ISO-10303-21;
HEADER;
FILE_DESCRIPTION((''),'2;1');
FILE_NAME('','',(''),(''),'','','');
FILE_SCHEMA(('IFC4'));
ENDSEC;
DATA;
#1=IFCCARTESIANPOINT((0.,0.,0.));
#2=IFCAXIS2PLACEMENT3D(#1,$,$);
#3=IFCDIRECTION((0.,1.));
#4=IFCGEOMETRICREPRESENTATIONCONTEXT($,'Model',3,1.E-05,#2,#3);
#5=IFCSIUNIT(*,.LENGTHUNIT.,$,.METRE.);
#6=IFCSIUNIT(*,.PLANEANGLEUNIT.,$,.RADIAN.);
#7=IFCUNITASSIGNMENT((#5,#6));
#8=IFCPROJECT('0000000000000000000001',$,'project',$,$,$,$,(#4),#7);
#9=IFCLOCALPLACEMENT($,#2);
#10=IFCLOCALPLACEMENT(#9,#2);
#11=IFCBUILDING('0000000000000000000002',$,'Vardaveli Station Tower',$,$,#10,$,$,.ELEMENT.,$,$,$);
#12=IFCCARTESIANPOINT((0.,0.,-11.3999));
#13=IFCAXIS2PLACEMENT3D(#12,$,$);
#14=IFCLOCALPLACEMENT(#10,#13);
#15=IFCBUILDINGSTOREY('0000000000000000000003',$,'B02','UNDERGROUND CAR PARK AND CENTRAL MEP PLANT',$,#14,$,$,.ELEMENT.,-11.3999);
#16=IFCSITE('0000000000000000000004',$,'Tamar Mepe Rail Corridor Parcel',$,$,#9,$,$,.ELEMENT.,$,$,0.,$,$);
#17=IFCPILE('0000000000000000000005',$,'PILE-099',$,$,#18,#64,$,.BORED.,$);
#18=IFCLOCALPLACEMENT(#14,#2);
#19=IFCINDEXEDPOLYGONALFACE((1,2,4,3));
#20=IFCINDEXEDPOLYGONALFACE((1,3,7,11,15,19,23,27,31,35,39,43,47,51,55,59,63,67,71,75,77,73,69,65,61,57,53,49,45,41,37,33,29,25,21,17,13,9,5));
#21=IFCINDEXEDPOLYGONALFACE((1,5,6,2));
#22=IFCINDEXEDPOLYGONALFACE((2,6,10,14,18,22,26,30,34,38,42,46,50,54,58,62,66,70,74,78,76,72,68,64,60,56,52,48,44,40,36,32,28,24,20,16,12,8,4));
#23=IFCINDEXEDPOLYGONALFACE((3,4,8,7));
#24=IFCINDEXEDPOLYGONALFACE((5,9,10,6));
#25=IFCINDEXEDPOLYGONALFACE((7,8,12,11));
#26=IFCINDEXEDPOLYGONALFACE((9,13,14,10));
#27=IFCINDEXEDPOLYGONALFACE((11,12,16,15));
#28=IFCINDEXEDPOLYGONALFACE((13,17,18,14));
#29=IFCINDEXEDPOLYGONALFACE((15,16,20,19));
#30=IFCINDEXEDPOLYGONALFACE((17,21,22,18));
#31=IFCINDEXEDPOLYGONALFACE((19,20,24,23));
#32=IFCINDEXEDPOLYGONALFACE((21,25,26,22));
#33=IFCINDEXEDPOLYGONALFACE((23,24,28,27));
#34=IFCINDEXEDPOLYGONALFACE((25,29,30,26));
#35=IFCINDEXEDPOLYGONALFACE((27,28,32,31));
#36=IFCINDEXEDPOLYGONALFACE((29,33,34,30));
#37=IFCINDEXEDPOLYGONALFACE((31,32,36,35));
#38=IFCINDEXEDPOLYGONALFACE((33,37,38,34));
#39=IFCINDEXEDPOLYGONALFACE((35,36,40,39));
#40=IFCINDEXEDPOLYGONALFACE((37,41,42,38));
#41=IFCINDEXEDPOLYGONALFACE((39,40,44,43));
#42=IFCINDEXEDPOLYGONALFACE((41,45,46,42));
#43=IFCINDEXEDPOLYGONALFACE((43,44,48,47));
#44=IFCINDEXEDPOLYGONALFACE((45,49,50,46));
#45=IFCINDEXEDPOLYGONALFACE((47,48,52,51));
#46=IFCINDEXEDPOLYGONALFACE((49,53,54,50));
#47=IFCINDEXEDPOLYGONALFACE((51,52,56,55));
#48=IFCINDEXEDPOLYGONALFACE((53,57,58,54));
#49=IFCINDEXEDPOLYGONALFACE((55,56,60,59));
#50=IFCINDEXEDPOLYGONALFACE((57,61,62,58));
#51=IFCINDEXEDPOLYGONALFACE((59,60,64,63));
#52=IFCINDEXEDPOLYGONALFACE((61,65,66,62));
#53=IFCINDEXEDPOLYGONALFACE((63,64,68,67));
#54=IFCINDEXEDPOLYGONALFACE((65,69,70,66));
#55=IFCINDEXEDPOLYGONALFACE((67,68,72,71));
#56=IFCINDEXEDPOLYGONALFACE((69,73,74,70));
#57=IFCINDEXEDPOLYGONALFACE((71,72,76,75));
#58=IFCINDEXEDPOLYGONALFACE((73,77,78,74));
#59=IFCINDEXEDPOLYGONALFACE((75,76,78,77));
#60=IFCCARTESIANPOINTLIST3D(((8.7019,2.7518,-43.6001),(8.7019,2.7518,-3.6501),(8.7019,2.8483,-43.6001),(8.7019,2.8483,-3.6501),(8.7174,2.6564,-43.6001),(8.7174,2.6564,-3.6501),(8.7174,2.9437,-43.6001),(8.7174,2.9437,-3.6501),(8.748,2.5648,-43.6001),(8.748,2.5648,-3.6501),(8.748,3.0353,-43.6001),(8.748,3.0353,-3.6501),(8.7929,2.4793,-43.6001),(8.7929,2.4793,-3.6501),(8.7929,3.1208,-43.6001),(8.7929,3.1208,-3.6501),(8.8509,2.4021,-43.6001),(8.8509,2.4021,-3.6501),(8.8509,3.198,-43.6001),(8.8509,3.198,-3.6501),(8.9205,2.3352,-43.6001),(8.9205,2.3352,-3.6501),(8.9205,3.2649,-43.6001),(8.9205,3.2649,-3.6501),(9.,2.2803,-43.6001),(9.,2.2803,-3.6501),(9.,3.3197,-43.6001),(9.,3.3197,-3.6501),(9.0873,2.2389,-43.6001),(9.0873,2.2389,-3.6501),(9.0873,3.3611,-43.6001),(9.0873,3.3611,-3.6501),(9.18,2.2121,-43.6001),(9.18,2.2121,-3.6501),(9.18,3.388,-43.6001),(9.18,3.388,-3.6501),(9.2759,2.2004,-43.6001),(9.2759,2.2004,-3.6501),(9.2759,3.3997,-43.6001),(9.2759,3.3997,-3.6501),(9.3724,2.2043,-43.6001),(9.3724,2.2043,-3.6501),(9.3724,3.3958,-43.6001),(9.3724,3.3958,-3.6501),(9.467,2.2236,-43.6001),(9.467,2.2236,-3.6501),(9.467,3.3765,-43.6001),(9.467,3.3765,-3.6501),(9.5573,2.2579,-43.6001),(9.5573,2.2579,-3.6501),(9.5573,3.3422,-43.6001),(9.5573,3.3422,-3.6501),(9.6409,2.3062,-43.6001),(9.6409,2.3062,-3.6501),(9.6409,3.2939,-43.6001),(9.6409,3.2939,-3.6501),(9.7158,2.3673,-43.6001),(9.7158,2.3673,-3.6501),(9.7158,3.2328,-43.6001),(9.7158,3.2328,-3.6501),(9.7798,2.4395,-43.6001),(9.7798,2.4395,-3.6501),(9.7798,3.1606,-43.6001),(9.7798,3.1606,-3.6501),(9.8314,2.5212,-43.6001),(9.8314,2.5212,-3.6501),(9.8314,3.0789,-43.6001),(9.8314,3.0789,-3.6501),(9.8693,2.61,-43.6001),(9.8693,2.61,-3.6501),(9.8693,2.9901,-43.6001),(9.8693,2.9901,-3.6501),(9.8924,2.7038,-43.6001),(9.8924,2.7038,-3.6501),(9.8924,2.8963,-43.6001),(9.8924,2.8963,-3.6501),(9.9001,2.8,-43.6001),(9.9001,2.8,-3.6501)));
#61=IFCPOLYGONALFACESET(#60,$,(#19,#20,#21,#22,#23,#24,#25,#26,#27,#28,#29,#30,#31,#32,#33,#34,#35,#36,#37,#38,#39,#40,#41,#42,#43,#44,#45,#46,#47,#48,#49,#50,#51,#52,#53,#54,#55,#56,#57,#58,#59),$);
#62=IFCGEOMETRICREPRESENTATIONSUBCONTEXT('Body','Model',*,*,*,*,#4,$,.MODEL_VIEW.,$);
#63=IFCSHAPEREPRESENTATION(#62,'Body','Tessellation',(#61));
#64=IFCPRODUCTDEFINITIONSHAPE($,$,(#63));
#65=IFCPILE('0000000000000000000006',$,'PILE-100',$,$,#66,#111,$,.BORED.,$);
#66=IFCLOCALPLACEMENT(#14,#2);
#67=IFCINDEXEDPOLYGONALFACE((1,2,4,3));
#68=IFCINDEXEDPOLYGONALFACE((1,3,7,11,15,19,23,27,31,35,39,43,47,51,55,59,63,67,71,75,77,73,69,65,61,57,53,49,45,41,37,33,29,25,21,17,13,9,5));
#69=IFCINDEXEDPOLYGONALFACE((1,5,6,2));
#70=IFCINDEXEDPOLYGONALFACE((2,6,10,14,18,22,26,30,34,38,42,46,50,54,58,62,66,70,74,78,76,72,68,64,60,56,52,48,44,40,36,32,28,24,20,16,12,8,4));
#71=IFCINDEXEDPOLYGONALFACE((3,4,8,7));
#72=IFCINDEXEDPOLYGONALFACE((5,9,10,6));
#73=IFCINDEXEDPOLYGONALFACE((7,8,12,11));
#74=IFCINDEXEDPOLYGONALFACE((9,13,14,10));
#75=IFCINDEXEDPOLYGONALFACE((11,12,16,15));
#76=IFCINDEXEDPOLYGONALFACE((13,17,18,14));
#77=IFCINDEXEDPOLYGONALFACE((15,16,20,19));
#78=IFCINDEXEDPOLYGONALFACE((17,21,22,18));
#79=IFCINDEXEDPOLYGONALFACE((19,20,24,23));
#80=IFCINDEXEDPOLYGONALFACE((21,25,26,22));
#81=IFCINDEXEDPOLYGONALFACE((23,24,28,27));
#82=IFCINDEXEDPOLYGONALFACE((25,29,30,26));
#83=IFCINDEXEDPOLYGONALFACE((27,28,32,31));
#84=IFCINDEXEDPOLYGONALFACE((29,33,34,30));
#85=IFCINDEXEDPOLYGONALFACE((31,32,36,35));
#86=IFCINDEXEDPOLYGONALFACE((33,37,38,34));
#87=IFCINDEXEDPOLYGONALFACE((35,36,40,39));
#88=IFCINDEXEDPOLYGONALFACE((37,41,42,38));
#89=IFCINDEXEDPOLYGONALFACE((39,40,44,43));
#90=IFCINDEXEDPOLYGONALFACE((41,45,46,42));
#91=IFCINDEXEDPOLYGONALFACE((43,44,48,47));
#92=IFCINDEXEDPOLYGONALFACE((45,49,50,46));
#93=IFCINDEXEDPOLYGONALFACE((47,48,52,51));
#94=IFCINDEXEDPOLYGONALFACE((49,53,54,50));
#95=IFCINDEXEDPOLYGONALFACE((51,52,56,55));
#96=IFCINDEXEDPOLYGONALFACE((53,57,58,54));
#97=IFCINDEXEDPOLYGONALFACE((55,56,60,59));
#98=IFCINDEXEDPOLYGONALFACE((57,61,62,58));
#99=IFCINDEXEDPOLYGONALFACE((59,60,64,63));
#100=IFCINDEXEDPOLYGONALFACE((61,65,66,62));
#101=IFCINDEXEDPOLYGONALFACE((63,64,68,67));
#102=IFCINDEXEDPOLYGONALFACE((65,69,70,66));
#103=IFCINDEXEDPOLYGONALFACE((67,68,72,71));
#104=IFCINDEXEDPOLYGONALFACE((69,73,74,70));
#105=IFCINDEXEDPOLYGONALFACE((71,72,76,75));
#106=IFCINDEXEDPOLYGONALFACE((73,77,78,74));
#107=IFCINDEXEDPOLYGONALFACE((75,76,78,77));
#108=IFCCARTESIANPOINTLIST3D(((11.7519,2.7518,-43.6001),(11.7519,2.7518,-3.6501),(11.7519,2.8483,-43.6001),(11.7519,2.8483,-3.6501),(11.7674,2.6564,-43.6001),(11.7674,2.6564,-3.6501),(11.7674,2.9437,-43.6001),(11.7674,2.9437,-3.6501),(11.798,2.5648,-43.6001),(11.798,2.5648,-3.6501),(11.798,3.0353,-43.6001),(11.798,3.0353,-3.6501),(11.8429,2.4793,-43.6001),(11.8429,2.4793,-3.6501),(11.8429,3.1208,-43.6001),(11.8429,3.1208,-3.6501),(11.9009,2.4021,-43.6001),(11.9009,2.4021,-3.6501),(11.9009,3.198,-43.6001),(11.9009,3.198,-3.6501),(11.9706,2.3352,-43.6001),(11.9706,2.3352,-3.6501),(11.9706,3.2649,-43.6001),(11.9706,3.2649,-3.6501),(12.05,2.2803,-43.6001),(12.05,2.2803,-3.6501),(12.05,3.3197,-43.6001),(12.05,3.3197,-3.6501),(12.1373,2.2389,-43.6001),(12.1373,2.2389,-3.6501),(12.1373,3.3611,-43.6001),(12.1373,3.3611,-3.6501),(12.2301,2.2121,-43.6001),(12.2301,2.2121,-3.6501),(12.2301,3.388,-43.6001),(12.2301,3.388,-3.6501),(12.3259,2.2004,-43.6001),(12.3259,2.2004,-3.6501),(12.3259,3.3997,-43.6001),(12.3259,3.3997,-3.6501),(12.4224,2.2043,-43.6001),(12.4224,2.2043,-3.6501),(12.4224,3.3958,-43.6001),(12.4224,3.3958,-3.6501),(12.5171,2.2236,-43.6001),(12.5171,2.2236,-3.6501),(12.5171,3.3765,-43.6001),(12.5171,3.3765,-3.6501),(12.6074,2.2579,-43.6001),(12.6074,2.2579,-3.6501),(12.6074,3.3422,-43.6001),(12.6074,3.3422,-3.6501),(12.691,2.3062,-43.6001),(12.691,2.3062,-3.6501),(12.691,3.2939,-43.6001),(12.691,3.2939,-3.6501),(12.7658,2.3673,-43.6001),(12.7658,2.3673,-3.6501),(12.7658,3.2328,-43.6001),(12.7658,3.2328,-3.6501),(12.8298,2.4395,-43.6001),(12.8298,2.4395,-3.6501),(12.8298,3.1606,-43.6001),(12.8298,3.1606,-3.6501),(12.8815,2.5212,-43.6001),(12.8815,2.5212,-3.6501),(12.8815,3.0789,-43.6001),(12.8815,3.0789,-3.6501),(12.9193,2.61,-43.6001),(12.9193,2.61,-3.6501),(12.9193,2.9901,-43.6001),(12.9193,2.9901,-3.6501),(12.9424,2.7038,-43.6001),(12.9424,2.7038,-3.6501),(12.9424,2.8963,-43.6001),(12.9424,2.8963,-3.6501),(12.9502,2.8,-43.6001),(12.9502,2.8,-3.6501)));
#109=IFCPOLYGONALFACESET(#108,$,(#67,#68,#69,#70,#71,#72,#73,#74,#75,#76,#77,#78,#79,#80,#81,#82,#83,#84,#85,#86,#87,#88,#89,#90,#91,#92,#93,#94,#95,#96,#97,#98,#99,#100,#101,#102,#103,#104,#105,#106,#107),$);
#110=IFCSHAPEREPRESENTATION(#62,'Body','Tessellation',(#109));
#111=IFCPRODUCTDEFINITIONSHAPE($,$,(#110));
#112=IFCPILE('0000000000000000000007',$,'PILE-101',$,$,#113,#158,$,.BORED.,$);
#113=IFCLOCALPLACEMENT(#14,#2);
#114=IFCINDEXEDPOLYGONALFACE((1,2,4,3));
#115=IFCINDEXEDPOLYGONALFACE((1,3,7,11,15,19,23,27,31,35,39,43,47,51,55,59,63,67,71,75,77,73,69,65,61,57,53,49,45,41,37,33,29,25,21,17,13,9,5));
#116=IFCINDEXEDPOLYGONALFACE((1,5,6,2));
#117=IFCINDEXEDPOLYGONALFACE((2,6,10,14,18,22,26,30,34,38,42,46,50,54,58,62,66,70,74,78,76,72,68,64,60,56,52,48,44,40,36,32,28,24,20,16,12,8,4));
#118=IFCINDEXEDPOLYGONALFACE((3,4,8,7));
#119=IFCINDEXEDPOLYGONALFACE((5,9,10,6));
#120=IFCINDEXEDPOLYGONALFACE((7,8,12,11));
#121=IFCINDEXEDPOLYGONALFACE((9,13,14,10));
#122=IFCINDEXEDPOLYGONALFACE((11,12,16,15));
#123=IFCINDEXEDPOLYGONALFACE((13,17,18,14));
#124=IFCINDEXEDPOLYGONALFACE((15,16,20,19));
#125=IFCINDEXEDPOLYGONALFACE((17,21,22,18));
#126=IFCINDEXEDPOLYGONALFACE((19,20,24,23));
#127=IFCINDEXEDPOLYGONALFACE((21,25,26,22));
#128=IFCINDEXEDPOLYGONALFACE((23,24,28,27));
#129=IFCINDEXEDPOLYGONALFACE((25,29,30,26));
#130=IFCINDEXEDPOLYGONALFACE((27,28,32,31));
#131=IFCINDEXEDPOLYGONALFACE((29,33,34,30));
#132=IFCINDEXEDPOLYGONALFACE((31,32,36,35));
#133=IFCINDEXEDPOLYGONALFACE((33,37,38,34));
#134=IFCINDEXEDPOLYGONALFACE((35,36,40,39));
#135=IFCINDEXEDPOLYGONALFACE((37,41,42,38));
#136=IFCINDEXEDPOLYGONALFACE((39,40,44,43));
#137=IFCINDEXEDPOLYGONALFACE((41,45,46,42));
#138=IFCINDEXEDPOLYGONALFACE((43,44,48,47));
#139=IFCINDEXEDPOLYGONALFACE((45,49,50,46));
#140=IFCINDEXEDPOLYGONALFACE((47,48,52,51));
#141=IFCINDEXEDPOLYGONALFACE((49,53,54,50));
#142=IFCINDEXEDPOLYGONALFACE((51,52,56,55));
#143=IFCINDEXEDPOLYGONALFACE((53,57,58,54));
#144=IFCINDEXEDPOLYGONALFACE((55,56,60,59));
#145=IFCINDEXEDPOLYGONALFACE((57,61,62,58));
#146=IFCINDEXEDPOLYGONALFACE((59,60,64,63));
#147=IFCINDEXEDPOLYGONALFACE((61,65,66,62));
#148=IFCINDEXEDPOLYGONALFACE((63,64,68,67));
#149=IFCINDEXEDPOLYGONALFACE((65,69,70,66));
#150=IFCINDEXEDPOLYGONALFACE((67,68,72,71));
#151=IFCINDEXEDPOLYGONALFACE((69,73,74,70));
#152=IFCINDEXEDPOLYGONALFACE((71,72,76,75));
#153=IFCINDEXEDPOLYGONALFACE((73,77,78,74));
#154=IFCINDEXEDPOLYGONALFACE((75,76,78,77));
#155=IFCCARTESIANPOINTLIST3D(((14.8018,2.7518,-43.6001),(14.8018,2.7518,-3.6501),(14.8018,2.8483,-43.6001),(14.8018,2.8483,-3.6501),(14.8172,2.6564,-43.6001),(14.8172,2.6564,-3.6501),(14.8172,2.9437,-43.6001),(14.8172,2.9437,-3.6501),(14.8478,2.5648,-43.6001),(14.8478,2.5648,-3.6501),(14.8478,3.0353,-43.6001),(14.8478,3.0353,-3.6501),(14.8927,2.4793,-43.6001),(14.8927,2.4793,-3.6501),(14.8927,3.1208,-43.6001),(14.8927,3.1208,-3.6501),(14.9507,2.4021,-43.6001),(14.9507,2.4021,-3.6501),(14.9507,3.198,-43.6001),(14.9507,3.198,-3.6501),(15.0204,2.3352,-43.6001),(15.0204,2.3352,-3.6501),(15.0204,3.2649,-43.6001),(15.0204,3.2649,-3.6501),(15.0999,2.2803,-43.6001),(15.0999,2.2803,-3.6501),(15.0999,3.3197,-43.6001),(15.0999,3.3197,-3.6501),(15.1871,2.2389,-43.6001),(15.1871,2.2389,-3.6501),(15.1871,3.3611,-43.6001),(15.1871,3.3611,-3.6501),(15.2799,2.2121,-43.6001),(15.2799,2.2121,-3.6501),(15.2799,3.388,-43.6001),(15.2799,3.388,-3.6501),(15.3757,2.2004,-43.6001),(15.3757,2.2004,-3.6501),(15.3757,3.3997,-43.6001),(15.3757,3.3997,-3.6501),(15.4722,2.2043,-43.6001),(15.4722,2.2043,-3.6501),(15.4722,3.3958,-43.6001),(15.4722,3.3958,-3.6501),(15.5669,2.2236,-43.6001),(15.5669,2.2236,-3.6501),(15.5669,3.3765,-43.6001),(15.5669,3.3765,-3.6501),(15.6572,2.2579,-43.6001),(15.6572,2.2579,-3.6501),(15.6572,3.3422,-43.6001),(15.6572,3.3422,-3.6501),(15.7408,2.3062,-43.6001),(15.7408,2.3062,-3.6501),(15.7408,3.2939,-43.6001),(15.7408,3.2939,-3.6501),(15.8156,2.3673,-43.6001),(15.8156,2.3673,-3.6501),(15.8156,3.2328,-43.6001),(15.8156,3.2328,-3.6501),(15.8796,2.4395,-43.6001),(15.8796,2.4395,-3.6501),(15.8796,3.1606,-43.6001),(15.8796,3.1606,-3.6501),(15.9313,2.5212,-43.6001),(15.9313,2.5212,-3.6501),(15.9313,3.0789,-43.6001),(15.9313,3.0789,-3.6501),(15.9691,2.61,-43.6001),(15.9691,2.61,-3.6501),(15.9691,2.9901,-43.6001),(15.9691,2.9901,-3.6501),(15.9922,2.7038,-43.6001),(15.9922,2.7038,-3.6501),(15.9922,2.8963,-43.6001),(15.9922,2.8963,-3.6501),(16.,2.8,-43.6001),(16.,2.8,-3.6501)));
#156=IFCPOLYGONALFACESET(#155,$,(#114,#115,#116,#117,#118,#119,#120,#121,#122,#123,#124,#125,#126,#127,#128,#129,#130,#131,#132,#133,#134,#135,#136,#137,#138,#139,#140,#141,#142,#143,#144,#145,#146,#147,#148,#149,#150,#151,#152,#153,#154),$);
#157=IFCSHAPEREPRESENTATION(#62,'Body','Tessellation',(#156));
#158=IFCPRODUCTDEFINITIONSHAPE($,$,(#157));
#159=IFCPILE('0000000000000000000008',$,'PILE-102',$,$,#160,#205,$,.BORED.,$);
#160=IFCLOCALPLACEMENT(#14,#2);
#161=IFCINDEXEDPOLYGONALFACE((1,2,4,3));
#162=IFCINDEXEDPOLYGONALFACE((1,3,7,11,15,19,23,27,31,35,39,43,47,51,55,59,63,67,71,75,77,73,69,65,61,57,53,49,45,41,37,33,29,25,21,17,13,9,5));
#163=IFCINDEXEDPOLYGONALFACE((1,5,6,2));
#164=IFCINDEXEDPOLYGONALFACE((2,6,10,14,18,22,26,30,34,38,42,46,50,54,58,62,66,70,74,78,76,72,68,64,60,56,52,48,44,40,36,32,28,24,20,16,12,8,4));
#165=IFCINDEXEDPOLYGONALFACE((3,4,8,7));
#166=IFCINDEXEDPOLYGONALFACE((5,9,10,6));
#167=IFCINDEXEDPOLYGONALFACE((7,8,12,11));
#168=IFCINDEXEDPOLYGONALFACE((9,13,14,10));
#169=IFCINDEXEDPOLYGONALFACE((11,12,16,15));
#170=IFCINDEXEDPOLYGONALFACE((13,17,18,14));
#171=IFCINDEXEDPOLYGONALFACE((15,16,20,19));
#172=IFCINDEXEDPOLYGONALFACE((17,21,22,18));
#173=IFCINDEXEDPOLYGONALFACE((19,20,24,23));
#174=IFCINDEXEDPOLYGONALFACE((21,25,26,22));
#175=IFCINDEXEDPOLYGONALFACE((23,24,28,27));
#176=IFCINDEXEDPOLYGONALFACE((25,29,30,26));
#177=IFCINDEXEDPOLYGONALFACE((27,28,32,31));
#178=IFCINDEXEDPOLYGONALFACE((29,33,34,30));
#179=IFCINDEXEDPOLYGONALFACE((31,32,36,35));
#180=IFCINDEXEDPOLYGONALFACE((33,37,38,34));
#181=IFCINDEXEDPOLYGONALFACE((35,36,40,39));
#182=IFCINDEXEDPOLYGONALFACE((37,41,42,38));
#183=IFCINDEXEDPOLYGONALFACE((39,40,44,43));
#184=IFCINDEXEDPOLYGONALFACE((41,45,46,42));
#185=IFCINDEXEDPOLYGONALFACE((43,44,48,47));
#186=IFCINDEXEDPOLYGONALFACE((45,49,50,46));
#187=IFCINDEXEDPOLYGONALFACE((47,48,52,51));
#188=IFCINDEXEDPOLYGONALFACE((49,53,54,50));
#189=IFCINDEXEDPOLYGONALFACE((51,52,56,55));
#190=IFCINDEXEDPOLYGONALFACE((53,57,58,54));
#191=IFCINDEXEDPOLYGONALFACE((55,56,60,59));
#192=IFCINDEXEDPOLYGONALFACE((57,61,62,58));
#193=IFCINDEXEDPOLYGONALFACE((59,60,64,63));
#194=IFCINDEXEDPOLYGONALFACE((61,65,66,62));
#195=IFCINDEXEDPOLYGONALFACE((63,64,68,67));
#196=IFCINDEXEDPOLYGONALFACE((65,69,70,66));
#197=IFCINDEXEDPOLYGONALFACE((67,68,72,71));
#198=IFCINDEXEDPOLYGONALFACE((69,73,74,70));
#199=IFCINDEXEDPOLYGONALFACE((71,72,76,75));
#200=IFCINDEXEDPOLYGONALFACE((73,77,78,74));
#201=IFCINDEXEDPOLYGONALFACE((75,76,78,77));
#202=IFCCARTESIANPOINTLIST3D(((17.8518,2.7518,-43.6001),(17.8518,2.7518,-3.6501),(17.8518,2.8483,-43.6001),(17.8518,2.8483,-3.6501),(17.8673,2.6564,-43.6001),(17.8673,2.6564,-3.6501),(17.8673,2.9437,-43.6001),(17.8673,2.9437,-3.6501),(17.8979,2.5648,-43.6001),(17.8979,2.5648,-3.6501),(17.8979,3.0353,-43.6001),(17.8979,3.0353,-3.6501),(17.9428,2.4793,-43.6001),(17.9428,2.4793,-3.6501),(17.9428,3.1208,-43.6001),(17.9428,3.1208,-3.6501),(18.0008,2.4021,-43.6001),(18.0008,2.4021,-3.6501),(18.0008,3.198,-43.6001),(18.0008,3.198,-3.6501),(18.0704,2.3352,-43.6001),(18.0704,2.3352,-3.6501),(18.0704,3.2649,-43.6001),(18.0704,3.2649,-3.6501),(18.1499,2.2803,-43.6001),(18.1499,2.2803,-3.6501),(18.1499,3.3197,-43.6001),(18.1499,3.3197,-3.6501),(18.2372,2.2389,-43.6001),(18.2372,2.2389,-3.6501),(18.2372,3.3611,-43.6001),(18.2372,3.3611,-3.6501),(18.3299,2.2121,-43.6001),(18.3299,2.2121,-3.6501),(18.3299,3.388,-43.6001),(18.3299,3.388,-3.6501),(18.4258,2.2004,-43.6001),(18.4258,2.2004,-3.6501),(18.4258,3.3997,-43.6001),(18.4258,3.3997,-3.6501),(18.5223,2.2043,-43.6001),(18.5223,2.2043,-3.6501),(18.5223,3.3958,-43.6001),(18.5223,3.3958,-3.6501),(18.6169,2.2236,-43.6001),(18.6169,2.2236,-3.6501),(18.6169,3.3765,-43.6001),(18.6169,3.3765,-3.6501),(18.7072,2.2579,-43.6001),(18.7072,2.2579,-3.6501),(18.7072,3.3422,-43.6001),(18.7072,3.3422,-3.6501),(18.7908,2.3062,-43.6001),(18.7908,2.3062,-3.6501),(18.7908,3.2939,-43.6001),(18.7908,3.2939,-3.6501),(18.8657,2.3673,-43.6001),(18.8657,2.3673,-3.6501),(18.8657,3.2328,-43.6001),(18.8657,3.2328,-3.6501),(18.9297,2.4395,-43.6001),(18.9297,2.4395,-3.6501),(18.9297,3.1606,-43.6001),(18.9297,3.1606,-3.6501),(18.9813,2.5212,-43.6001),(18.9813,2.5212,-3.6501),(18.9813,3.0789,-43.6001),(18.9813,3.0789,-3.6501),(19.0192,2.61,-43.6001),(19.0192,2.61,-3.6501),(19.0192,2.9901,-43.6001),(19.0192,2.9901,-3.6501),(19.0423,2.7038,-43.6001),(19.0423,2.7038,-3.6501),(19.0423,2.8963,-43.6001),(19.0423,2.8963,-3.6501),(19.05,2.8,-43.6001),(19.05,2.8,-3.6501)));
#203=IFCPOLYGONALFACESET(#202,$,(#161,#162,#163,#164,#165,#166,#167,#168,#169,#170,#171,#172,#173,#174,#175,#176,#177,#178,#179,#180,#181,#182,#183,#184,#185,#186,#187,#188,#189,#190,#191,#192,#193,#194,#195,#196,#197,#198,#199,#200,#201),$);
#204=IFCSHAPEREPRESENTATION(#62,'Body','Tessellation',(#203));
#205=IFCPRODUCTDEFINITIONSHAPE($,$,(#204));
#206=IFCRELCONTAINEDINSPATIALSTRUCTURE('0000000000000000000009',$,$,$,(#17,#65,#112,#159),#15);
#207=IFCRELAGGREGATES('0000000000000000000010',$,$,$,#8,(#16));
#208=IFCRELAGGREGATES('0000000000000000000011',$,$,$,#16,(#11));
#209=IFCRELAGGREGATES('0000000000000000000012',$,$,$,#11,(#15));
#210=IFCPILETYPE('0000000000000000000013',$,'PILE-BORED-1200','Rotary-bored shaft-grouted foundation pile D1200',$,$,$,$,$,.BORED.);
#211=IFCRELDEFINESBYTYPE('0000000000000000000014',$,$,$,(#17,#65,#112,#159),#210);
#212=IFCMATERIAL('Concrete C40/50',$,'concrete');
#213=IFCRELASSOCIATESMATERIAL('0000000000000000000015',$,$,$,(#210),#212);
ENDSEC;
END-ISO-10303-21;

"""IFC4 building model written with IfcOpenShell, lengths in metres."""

from ifc_helpers import new_model, si_unit, direction, frame, origin, origin_2d, place, context, subcontext, project, spatial, circle, extrude, source, transform, mapped, material, material_profile, profile_set, type_object, element, save


model = new_model("IFC4")

# Units and contexts
model_context = context("Model", 3, precision=1e-05, world=origin(), true_north=direction((0.0, 1.0)))
body_context = subcontext(model_context, "Body", "Model", "MODEL_VIEW")
ifc_project = project(units=[si_unit("LENGTHUNIT", "METRE"), si_unit("PLANEANGLEUNIT", "RADIAN")], contexts=[model_context])

# Site, building, storey
site_placement = place(None, origin())
site = spatial("IfcSite", under=ifc_project, at=site_placement, Name="Tamar Mepe Rail Corridor Parcel", CompositionType="ELEMENT", RefElevation=0.0)
building_placement = place(site_placement, origin())
building = spatial("IfcBuilding", under=site, at=building_placement, Name="Vardaveli Station Tower", CompositionType="ELEMENT")
storey_placement = place(building_placement, frame((0.0, 0.0, -11.3999)))
storey = spatial("IfcBuildingStorey", under=building, at=storey_placement, Name="B02", Description="UNDERGROUND CAR PARK AND CENTRAL MEP PLANT", CompositionType="ELEMENT", Elevation=-11.3999)

# Piles
ifc_material_1 = material(Name="Concrete C40/50", Category="concrete")
ifc_material_profile_1 = material_profile(ifc_material_1, circle(Radius=0.6001, at=origin_2d()), Name="PILE D1200")
ifc_profile_set_1 = profile_set([ifc_material_profile_1], Name="Concrete C40/50")
pile_type_1 = type_object("IfcPileType", Name="PILE-BORED-1200", Description="Rotary-bored shaft-grouted foundation pile D1200", PredefinedType="BORED", material=ifc_profile_set_1)
shared_shape_1 = source(origin(), body_context, "Body", "SweptSolid", [
    extrude(circle(Radius=0.6001, at=origin_2d()), origin(), (0.0, 0.0, 1.0), 39.95),
])
for number, where, z_axis, x_axis, name in (
    (1, (9.3, 2.8, -3.6501), (0.0, 0.0, -1.0), (1.0, 0.0, 0.0), "PILE-099"),
    (2, (12.3501, 2.8, -3.6501), (0.0, 0.0, -1.0), (1.0, 0.0, 0.0), "PILE-100"),
    (3, (15.3999, 2.8, -3.6501), (0.0, 0.0, -1.0), (1.0, 0.0, 0.0), "PILE-101"),
    (4, (18.45, 2.8, -3.6501), (0.0, 0.0, -1.0), (1.0, 0.0, 0.0), "PILE-102"),
):
    element("IfcPile", number, at=place(storey_placement, frame(where, z_axis=z_axis, x_axis=x_axis)), inside=storey, type_object=pile_type_1, Name=name, PredefinedType="BORED", context=body_context, shape_type="MappedRepresentation", body=[
        mapped(shared_shape_1, transform((0.0, 0.0, 0.0), scale=1.0)),
    ])

save(model, "model.ifc")
